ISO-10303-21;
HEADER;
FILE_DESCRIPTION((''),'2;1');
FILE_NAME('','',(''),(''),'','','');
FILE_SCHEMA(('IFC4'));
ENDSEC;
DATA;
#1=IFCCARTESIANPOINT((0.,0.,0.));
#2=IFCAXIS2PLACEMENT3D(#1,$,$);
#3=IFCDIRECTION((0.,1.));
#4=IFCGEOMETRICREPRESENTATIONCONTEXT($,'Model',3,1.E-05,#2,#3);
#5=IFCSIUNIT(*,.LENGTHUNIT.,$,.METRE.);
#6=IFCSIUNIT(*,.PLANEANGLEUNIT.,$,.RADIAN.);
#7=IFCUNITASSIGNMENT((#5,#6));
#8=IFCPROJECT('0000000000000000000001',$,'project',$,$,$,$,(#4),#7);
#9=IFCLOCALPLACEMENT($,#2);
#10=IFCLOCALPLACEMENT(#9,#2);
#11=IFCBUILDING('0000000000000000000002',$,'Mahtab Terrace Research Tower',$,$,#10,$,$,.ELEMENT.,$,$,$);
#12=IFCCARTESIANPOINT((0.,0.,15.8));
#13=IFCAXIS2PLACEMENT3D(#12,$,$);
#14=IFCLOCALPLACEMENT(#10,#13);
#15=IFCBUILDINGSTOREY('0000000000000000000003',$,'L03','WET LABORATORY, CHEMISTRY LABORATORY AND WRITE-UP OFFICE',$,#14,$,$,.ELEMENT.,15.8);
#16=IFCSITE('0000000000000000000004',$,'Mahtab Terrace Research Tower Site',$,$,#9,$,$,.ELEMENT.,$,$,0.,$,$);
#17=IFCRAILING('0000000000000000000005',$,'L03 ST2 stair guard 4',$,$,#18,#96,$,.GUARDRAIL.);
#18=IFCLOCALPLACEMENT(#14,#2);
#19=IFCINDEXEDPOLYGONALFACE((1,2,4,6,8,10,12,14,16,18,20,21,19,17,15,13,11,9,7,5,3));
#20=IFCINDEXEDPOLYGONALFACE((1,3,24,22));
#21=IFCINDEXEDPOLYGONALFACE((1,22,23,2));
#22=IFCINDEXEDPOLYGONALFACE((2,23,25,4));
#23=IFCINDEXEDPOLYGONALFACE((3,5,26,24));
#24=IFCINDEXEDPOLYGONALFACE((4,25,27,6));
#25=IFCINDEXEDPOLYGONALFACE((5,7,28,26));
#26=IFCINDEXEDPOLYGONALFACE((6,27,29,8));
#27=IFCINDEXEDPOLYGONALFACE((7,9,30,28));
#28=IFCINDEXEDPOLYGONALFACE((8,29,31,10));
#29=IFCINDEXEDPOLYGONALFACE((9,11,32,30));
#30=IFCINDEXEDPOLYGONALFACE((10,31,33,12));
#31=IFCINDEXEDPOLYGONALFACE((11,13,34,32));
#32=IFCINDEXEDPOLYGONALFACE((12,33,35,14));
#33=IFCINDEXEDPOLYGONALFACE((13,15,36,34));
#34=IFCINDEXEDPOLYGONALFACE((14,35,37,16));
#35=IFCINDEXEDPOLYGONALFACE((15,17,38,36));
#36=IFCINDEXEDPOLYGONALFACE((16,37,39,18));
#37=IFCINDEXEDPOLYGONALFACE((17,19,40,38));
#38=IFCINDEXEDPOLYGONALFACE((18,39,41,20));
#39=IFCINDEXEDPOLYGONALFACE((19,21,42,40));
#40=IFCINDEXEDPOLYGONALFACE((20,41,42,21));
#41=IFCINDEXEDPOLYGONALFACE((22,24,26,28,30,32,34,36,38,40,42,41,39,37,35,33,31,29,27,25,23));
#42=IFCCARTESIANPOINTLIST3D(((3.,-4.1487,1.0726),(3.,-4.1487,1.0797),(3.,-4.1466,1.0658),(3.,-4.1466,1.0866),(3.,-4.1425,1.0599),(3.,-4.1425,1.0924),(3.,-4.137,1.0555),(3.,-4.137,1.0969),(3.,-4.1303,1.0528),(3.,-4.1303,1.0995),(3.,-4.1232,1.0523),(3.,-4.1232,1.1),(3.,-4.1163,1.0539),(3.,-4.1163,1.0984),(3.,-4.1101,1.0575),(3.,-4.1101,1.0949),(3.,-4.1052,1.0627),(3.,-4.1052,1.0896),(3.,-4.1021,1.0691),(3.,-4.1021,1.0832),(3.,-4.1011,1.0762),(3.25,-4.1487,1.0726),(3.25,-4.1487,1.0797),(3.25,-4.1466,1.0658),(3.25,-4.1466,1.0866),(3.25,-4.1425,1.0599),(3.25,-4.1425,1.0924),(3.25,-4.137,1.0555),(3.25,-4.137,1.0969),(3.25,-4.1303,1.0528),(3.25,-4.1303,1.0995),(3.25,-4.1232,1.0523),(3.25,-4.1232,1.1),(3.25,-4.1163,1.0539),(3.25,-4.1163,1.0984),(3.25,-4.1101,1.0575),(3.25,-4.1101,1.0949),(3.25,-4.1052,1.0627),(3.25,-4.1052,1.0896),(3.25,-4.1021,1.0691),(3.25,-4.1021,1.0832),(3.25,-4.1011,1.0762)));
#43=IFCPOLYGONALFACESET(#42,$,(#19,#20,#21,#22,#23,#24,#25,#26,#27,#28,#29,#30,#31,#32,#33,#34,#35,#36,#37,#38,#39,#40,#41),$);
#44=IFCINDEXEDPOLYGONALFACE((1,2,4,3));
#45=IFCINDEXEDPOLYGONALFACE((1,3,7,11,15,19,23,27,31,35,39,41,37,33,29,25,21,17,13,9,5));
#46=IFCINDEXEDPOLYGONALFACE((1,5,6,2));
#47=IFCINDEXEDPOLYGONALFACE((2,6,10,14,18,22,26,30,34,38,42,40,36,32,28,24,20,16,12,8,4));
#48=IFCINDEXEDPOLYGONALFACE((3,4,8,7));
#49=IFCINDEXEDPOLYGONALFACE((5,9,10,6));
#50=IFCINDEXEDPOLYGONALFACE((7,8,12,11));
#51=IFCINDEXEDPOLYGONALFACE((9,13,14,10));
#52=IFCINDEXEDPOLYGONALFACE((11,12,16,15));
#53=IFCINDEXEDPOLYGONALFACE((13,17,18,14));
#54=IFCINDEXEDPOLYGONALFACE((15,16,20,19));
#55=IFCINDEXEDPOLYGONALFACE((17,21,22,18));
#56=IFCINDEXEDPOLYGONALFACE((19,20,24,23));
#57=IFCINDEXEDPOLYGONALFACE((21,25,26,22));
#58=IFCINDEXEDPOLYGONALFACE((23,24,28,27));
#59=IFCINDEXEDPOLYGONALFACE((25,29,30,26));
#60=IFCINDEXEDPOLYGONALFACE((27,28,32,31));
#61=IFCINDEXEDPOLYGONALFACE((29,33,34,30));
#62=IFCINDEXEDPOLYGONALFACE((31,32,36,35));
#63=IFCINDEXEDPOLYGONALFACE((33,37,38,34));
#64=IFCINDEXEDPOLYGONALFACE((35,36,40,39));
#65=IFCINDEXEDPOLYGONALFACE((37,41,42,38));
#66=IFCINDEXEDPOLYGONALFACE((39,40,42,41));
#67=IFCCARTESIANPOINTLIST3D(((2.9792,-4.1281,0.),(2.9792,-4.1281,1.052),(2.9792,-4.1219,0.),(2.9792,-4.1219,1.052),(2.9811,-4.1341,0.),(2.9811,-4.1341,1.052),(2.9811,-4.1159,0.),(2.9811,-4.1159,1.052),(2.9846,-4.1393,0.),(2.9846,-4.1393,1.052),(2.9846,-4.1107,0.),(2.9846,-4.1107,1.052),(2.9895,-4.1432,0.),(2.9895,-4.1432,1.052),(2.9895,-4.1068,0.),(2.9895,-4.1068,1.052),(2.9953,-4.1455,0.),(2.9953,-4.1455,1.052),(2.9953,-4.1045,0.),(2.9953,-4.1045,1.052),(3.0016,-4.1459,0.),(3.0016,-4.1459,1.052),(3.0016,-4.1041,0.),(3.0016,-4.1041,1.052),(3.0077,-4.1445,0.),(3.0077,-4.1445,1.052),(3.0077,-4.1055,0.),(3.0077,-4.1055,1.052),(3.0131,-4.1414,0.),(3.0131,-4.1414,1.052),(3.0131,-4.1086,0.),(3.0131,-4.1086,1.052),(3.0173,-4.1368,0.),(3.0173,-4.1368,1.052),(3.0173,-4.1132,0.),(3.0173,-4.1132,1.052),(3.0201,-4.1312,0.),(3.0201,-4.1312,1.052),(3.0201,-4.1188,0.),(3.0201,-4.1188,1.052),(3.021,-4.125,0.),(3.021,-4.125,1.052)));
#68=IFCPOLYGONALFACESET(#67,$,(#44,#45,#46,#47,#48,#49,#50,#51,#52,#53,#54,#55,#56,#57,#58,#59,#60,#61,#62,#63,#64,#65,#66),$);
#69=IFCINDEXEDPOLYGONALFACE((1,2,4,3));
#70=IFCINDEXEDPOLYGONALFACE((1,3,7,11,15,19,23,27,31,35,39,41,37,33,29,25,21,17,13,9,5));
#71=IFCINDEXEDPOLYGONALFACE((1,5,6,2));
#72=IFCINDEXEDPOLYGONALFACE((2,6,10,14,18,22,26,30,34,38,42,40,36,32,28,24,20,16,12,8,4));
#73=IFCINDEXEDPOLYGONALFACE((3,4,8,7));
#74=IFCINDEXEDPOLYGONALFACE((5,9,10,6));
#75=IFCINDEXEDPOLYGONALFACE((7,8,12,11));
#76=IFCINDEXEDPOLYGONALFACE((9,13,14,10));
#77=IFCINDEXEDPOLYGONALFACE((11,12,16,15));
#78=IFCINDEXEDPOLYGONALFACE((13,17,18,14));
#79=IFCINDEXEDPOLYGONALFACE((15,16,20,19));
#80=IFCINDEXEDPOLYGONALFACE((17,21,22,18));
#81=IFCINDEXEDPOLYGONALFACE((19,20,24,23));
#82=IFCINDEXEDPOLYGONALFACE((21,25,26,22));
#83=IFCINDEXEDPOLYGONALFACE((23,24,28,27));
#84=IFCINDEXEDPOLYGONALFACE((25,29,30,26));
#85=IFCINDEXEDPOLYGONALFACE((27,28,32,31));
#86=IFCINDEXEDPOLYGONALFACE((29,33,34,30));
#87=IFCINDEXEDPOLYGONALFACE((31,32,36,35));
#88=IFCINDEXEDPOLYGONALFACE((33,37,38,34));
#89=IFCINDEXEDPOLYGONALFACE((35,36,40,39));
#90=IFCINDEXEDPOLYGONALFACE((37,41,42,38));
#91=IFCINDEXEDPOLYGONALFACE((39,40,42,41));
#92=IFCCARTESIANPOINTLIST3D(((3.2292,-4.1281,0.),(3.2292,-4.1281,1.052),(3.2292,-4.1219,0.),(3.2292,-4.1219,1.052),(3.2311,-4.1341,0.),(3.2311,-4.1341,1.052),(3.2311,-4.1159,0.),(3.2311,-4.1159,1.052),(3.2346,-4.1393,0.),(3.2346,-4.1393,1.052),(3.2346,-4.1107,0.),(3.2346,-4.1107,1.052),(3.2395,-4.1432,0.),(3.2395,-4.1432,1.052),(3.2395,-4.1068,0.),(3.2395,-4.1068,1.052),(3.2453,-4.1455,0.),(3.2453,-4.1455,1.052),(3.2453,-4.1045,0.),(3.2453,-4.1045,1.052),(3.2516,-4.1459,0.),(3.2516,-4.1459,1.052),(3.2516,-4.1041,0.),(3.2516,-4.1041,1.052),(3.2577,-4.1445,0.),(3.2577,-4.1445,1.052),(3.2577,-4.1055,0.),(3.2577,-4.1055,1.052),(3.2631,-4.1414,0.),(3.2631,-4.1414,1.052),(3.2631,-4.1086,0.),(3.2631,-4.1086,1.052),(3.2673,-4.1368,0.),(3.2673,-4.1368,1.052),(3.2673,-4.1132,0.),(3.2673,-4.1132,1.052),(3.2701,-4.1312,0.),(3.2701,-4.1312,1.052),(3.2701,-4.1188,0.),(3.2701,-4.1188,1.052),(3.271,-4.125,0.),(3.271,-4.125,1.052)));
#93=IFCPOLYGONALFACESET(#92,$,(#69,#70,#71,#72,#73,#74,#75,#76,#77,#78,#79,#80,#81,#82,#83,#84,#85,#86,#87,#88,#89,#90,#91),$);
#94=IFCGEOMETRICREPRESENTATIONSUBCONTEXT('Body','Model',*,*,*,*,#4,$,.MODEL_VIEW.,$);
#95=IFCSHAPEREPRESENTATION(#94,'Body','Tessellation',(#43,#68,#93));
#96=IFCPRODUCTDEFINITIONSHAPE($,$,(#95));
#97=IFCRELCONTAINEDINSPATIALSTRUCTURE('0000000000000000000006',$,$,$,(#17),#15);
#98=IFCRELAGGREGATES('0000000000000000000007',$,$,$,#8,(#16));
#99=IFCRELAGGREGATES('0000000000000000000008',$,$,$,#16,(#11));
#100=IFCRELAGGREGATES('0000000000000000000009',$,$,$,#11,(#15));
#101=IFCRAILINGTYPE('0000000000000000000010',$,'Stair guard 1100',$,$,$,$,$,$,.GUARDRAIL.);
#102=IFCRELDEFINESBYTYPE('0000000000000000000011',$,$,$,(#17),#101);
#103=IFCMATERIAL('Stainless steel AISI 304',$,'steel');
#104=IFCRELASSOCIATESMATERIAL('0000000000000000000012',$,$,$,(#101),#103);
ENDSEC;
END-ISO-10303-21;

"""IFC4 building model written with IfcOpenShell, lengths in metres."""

from ifc_helpers import new_model, si_unit, direction, frame, origin, origin_2d, place, context, subcontext, project, spatial, circle, extrude, material, type_object, element, save


model = new_model("IFC4")

# Units and contexts
model_context = context("Model", 3, precision=1e-05, world=origin(), true_north=direction((0.0, 1.0)))
body_context = subcontext(model_context, "Body", "Model", "MODEL_VIEW")
ifc_project = project(units=[si_unit("LENGTHUNIT", "METRE"), si_unit("PLANEANGLEUNIT", "RADIAN")], contexts=[model_context])

# Site, building, storey
site_placement = place(None, origin())
site = spatial("IfcSite", under=ifc_project, at=site_placement, Name="Mahtab Terrace Research Tower Site", CompositionType="ELEMENT", RefElevation=0.0)
building_placement = place(site_placement, origin())
building = spatial("IfcBuilding", under=site, at=building_placement, Name="Mahtab Terrace Research Tower", CompositionType="ELEMENT")
storey_placement = place(building_placement, frame((0.0, 0.0, 15.8)))
storey = spatial("IfcBuildingStorey", under=building, at=storey_placement, Name="L03", Description="WET LABORATORY, CHEMISTRY LABORATORY AND WRITE-UP OFFICE", CompositionType="ELEMENT", Elevation=15.8)

# Railing
ifc_material_1 = material(Name="Stainless steel AISI 304", Category="steel")
railing_type_1 = type_object("IfcRailingType", Name="Stair guard 1100", PredefinedType="GUARDRAIL", material=ifc_material_1)
railing_1_placement = place(storey_placement, frame((3.0, -4.125, 0.0)))
element("IfcRailing", 1, at=railing_1_placement, inside=storey, type_object=railing_type_1, Name="L03 ST2 stair guard 4", PredefinedType="GUARDRAIL", context=body_context, shape_type="SweptSolid", body=[
    extrude(circle(Radius=0.0239, at=origin_2d()), frame((0.0, 0.0, 1.0762), z_axis=(1.0, 0.0, 0.0), x_axis=(0.0, 1.0, 0.0)), (0.0, 0.0, 1.0), 0.25),
    extrude(circle(Radius=0.021, at=origin_2d()), origin(), (0.0, 0.0, 1.0), 1.052),
    extrude(circle(Radius=0.021, at=origin_2d()), frame((0.25, 0.0, 0.0)), (0.0, 0.0, 1.0), 1.052),
])

save(model, "model.ifc")
